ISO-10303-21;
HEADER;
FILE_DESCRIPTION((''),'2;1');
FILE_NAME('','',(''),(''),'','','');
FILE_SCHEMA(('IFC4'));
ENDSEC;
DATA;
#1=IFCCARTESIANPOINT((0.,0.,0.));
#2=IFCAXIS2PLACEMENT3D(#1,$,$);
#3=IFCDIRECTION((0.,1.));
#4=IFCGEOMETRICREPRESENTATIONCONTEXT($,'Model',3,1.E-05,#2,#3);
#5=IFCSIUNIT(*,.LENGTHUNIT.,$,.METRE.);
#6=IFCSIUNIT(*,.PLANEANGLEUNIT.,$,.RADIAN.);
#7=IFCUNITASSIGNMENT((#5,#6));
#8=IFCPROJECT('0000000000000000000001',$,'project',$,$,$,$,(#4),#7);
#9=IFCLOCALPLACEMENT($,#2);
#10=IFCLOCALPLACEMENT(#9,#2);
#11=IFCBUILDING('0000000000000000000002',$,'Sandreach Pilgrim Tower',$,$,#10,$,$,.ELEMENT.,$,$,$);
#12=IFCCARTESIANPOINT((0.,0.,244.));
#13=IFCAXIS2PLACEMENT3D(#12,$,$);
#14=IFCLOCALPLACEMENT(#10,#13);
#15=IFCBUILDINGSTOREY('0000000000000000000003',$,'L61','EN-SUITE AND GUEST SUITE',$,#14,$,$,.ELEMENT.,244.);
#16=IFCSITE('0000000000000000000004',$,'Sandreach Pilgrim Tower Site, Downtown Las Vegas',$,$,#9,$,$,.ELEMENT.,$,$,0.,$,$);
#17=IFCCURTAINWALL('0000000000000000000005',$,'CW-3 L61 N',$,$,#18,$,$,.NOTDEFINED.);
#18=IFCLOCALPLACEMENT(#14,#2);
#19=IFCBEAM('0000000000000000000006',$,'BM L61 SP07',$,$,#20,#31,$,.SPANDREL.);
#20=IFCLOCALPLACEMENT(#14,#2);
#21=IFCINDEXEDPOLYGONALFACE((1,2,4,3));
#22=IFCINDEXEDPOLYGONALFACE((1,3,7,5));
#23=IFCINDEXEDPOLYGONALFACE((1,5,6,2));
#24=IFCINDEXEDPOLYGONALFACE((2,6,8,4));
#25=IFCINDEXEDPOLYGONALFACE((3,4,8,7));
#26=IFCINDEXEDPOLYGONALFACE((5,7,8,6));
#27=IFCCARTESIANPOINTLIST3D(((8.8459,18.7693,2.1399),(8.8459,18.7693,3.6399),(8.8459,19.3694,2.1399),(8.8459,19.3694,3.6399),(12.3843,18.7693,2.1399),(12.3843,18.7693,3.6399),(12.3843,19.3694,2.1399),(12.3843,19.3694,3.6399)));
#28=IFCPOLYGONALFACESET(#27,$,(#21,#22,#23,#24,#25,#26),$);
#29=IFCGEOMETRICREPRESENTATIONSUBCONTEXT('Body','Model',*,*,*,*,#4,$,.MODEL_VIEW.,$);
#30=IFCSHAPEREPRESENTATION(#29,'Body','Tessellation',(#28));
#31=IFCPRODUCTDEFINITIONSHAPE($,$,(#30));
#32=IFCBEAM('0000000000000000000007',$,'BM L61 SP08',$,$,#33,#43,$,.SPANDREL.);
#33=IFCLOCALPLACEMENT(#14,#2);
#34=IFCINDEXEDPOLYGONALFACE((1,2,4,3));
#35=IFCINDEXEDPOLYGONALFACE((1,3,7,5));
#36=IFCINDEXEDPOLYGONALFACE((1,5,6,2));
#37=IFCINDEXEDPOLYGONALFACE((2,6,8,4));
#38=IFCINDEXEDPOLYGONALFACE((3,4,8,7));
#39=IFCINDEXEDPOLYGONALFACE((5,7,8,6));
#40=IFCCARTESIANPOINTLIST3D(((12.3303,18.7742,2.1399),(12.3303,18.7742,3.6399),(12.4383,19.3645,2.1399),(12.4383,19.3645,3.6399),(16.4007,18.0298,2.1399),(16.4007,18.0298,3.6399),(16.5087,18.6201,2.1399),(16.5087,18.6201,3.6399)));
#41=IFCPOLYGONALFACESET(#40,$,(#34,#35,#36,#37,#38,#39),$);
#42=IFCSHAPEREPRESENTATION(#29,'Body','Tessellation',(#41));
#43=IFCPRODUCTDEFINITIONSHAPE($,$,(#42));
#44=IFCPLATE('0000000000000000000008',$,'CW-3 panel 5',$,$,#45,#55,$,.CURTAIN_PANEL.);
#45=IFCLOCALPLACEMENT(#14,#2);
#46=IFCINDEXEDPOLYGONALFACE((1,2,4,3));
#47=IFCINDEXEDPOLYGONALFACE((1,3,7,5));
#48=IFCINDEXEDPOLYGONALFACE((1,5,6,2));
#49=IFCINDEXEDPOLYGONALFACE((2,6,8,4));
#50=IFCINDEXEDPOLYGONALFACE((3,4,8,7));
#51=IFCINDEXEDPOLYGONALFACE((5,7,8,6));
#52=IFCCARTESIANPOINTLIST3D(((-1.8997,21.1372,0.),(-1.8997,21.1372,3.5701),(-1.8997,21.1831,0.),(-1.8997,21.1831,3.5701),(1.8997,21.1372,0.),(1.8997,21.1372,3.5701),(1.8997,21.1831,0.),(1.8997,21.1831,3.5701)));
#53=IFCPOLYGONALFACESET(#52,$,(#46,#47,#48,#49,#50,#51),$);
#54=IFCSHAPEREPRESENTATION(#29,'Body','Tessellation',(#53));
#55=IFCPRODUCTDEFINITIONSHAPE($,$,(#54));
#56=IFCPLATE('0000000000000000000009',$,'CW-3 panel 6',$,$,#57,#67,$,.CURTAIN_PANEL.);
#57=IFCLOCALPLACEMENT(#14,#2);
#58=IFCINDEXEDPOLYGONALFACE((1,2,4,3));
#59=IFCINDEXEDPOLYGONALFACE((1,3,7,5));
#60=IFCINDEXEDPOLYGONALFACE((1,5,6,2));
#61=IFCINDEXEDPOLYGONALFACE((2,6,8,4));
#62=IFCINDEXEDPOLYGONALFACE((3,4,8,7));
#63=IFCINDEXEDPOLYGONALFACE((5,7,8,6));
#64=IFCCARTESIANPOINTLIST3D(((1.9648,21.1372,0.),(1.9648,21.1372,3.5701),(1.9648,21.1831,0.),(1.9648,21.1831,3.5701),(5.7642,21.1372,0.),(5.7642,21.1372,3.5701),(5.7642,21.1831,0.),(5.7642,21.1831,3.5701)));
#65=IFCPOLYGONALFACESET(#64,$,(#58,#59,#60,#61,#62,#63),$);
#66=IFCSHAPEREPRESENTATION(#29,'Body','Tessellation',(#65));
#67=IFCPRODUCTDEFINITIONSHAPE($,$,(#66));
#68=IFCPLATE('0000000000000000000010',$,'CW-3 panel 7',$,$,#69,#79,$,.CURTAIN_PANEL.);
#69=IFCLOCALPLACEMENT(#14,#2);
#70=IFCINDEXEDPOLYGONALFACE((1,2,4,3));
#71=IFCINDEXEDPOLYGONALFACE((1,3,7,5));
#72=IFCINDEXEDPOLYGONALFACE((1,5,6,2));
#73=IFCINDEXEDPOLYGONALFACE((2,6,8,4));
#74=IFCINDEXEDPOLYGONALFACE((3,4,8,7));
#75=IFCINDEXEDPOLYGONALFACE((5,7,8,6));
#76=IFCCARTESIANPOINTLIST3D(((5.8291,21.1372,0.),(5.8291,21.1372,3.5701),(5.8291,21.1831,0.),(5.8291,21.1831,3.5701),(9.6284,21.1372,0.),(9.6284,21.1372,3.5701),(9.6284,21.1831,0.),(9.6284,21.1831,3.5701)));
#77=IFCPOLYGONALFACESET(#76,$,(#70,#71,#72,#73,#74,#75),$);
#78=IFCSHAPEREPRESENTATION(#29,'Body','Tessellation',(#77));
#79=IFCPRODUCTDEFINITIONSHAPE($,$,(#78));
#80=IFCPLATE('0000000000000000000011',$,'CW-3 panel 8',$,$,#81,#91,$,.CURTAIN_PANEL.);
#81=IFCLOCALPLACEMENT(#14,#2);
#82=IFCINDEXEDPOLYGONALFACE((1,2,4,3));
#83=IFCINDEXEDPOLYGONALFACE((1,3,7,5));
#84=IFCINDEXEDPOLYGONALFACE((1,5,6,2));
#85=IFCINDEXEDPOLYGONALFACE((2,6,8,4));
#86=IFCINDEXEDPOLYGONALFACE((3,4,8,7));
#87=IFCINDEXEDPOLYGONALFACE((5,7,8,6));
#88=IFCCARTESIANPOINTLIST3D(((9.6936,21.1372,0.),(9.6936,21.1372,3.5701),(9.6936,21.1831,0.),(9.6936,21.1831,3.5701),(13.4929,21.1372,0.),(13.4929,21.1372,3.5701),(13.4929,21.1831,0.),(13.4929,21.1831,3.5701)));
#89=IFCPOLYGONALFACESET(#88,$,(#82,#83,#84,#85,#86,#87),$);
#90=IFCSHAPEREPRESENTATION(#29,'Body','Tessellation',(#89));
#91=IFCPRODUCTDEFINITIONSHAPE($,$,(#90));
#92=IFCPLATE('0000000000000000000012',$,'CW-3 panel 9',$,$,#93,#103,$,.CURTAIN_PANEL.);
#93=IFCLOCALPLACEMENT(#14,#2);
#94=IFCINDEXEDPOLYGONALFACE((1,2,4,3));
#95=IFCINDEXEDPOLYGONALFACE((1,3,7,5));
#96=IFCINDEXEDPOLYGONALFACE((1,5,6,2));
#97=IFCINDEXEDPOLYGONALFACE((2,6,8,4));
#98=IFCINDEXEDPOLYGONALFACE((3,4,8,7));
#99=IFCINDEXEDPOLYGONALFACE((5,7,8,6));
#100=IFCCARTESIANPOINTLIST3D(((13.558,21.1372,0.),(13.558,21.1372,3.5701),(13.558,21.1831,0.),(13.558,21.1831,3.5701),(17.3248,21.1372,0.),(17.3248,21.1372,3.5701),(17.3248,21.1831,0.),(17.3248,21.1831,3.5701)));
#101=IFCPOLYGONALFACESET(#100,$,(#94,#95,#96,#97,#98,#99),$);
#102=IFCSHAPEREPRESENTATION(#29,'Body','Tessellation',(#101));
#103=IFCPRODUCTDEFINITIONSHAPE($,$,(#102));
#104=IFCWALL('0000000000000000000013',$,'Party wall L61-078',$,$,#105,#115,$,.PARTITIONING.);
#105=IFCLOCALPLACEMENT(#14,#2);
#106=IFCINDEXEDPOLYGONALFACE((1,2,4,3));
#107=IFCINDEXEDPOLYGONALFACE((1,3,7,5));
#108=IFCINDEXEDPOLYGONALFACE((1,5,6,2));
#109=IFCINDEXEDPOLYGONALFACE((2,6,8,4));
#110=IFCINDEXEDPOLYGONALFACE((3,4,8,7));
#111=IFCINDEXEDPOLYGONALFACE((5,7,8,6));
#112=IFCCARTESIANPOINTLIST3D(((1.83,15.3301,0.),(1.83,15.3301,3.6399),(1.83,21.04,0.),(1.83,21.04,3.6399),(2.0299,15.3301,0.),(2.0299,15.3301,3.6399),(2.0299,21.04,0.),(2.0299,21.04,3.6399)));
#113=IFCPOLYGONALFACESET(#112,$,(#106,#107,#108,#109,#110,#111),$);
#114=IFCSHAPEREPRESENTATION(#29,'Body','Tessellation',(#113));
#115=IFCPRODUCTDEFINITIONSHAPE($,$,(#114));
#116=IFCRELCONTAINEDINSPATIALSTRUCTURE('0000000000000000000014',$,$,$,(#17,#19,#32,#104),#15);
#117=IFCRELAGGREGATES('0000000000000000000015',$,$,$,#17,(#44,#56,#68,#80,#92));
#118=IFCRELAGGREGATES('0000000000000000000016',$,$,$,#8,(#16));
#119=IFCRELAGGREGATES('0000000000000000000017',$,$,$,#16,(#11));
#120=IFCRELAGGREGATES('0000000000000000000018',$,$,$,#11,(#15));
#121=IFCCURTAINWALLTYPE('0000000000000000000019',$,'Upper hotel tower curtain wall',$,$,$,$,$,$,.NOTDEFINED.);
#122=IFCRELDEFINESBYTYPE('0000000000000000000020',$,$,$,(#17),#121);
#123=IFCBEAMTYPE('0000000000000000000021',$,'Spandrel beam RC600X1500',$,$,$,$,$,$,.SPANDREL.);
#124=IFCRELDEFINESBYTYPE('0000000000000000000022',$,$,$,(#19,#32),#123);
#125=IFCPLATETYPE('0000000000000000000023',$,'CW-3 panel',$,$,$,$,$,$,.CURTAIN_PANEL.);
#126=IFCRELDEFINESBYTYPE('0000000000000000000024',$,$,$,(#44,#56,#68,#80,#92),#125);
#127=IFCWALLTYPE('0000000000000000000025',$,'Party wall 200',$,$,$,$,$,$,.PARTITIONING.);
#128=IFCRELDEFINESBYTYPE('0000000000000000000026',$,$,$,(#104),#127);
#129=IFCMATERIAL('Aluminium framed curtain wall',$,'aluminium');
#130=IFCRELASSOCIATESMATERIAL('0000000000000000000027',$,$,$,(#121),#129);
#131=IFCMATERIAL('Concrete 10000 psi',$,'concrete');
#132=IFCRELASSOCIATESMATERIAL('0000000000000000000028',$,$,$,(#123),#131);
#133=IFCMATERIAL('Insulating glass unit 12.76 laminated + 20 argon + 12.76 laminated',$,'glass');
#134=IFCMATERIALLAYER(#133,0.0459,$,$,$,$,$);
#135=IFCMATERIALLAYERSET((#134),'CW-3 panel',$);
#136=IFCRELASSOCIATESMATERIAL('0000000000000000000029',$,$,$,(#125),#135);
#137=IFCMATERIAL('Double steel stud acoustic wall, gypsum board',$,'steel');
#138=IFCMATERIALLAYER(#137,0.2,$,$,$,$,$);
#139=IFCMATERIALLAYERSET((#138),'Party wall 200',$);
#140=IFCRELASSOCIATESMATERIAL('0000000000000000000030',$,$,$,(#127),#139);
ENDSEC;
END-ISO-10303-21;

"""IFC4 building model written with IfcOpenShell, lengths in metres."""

from ifc_helpers import new_model, si_unit, direction, frame, frame_2d, origin, origin_2d, place, context, subcontext, project, spatial, rectangle, extrude, material, layer, layer_set, material_profile, profile_set, type_object, element, aggregate, save


model = new_model("IFC4")

# Units and contexts
model_context = context("Model", 3, precision=1e-05, world=origin(), true_north=direction((0.0, 1.0)))
body_context = subcontext(model_context, "Body", "Model", "MODEL_VIEW")
ifc_project = project(units=[si_unit("LENGTHUNIT", "METRE"), si_unit("PLANEANGLEUNIT", "RADIAN")], contexts=[model_context])

# Site, building, storey
site_placement = place(None, origin())
site = spatial("IfcSite", under=ifc_project, at=site_placement, Name="Sandreach Pilgrim Tower Site, Downtown Las Vegas", CompositionType="ELEMENT", RefElevation=0.0)
building_placement = place(site_placement, origin())
building = spatial("IfcBuilding", under=site, at=building_placement, Name="Sandreach Pilgrim Tower", CompositionType="ELEMENT")
storey_placement = place(building_placement, frame((0.0, 0.0, 244.0)))
storey = spatial("IfcBuildingStorey", under=building, at=storey_placement, Name="L61", Description="EN-SUITE AND GUEST SUITE", CompositionType="ELEMENT", Elevation=244.0)

# Curtain wall
ifc_material_1 = material(Name="Aluminium framed curtain wall", Category="aluminium")
curtain_wall_type = type_object("IfcCurtainWallType", Name="Upper hotel tower curtain wall", PredefinedType="NOTDEFINED", material=ifc_material_1)
curtain_wall_placement = place(storey_placement, origin())
curtain_wall = element("IfcCurtainWall", 1, at=curtain_wall_placement, inside=storey, type_object=curtain_wall_type, Name="CW-3 L61 N", PredefinedType="NOTDEFINED")

# Beams
ifc_material_2 = material(Name="Concrete 10000 psi", Category="concrete")
ifc_material_profile_1 = material_profile(ifc_material_2, rectangle(XDim=0.6001, YDim=1.5, at=origin_2d()), Name="RC600X1500")
ifc_profile_set_1 = profile_set([ifc_material_profile_1], Name="Concrete 10000 psi")
beam_type_1 = type_object("IfcBeamType", Name="Spandrel beam RC600X1500", PredefinedType="SPANDREL", material=ifc_profile_set_1)
for number, where, z_axis, x_axis, name in (
    (2, (8.8459, 19.0693, 2.8899), (1.0, 0.0, 0.0), (0.0, 1.0, 0.0), "BM L61 SP07"),
):
    element("IfcBeam", number, at=place(storey_placement, frame(where, z_axis=z_axis, x_axis=x_axis)), inside=storey, type_object=beam_type_1, Name=name, PredefinedType="SPANDREL", context=body_context, shape_type="SweptSolid", body=[
        extrude(rectangle(XDim=0.6001, YDim=1.5, at=origin_2d()), origin(), (0.0, 0.0, 1.0), 3.5383),
    ])
beam_1_placement = place(storey_placement, frame((12.3843, 19.0693, 2.8899), z_axis=(0.983685, -0.179898, 0.0), x_axis=(0.179898, 0.983685, 0.0)))
element("IfcBeam", 3, at=beam_1_placement, inside=storey, type_object=beam_type_1, Name="BM L61 SP08", PredefinedType="SPANDREL", context=body_context, shape_type="SweptSolid", body=[
    extrude(rectangle(XDim=0.6001, YDim=1.5, at=origin_2d()), origin(), (0.0, 0.0, 1.0), 4.1379),
])

# Plates
ifc_material_3 = material(Name="Insulating glass unit 12.76 laminated + 20 argon + 12.76 laminated", Category="glass")
ifc_layer_1 = layer(ifc_material_3, 0.0459)
ifc_layer_set_1 = layer_set([ifc_layer_1], Name="CW-3 panel")
plate_type = type_object("IfcPlateType", Name="CW-3 panel", PredefinedType="CURTAIN_PANEL", material=ifc_layer_set_1)
plate_1_placement = place(storey_placement, frame((0.0, 21.1602, 0.0), z_axis=(0.0, 0.0, 1.0), x_axis=(1.0, 0.0, 0.0)))
plate_1 = element("IfcPlate", 4, at=plate_1_placement, type_object=plate_type, Name="CW-3 panel 5", PredefinedType="CURTAIN_PANEL", context=body_context, shape_type="SweptSolid", body=[
    extrude(rectangle(XDim=3.7993, YDim=0.0459, at=origin_2d()), origin(), (0.0, 0.0, 1.0), 3.5701),
])
plate_2_placement = place(storey_placement, frame((3.8645, 21.1602, 0.0), z_axis=(0.0, 0.0, 1.0), x_axis=(1.0, 0.0, 0.0)))
plate_2 = element("IfcPlate", 5, at=plate_2_placement, type_object=plate_type, Name="CW-3 panel 6", PredefinedType="CURTAIN_PANEL", context=body_context, shape_type="SweptSolid", body=[
    extrude(rectangle(XDim=3.7993, YDim=0.0459, at=origin_2d()), origin(), (0.0, 0.0, 1.0), 3.5701),
])
plate_3_placement = place(storey_placement, frame((7.7288, 21.1602, 0.0), z_axis=(0.0, 0.0, 1.0), x_axis=(1.0, 0.0, 0.0)))
plate_3 = element("IfcPlate", 6, at=plate_3_placement, type_object=plate_type, Name="CW-3 panel 7", PredefinedType="CURTAIN_PANEL", context=body_context, shape_type="SweptSolid", body=[
    extrude(rectangle(XDim=3.7993, YDim=0.0459, at=origin_2d()), origin(), (0.0, 0.0, 1.0), 3.5701),
])
plate_4_placement = place(storey_placement, frame((11.5933, 21.1602, 0.0), z_axis=(0.0, 0.0, 1.0), x_axis=(1.0, 0.0, 0.0)))
plate_4 = element("IfcPlate", 7, at=plate_4_placement, type_object=plate_type, Name="CW-3 panel 8", PredefinedType="CURTAIN_PANEL", context=body_context, shape_type="SweptSolid", body=[
    extrude(rectangle(XDim=3.7993, YDim=0.0459, at=origin_2d()), origin(), (0.0, 0.0, 1.0), 3.5701),
])
plate_5_placement = place(storey_placement, frame((15.4414, 21.1602, 0.0), z_axis=(0.0, 0.0, 1.0), x_axis=(1.0, 0.0, 0.0)))
plate_5 = element("IfcPlate", 8, at=plate_5_placement, type_object=plate_type, Name="CW-3 panel 9", PredefinedType="CURTAIN_PANEL", context=body_context, shape_type="SweptSolid", body=[
    extrude(rectangle(XDim=3.7668, YDim=0.0459, at=origin_2d()), origin(), (0.0, 0.0, 1.0), 3.5701),
])
aggregate(curtain_wall, [plate_1, plate_2, plate_3, plate_4, plate_5])

# Wall
ifc_material_4 = material(Name="Double steel stud acoustic wall, gypsum board", Category="steel")
ifc_layer_2 = layer(ifc_material_4, 0.2)
ifc_layer_set_2 = layer_set([ifc_layer_2], Name="Party wall 200")
wall_type = type_object("IfcWallType", Name="Party wall 200", PredefinedType="PARTITIONING", material=ifc_layer_set_2)
wall_placement = place(storey_placement, frame((1.9299, 21.04, 0.0), z_axis=(0.0, 0.0, 1.0), x_axis=(0.0, -1.0, 0.0)))
element("IfcWall", 9, at=wall_placement, inside=storey, type_object=wall_type, Name="Party wall L61-078", PredefinedType="PARTITIONING", context=body_context, shape_type="SweptSolid", body=[
    extrude(rectangle(XDim=5.71, YDim=0.2, at=frame_2d((2.855, 0.0))), origin(), (0.0, 0.0, 1.0), 3.6399),
])

save(model, "model.ifc")
